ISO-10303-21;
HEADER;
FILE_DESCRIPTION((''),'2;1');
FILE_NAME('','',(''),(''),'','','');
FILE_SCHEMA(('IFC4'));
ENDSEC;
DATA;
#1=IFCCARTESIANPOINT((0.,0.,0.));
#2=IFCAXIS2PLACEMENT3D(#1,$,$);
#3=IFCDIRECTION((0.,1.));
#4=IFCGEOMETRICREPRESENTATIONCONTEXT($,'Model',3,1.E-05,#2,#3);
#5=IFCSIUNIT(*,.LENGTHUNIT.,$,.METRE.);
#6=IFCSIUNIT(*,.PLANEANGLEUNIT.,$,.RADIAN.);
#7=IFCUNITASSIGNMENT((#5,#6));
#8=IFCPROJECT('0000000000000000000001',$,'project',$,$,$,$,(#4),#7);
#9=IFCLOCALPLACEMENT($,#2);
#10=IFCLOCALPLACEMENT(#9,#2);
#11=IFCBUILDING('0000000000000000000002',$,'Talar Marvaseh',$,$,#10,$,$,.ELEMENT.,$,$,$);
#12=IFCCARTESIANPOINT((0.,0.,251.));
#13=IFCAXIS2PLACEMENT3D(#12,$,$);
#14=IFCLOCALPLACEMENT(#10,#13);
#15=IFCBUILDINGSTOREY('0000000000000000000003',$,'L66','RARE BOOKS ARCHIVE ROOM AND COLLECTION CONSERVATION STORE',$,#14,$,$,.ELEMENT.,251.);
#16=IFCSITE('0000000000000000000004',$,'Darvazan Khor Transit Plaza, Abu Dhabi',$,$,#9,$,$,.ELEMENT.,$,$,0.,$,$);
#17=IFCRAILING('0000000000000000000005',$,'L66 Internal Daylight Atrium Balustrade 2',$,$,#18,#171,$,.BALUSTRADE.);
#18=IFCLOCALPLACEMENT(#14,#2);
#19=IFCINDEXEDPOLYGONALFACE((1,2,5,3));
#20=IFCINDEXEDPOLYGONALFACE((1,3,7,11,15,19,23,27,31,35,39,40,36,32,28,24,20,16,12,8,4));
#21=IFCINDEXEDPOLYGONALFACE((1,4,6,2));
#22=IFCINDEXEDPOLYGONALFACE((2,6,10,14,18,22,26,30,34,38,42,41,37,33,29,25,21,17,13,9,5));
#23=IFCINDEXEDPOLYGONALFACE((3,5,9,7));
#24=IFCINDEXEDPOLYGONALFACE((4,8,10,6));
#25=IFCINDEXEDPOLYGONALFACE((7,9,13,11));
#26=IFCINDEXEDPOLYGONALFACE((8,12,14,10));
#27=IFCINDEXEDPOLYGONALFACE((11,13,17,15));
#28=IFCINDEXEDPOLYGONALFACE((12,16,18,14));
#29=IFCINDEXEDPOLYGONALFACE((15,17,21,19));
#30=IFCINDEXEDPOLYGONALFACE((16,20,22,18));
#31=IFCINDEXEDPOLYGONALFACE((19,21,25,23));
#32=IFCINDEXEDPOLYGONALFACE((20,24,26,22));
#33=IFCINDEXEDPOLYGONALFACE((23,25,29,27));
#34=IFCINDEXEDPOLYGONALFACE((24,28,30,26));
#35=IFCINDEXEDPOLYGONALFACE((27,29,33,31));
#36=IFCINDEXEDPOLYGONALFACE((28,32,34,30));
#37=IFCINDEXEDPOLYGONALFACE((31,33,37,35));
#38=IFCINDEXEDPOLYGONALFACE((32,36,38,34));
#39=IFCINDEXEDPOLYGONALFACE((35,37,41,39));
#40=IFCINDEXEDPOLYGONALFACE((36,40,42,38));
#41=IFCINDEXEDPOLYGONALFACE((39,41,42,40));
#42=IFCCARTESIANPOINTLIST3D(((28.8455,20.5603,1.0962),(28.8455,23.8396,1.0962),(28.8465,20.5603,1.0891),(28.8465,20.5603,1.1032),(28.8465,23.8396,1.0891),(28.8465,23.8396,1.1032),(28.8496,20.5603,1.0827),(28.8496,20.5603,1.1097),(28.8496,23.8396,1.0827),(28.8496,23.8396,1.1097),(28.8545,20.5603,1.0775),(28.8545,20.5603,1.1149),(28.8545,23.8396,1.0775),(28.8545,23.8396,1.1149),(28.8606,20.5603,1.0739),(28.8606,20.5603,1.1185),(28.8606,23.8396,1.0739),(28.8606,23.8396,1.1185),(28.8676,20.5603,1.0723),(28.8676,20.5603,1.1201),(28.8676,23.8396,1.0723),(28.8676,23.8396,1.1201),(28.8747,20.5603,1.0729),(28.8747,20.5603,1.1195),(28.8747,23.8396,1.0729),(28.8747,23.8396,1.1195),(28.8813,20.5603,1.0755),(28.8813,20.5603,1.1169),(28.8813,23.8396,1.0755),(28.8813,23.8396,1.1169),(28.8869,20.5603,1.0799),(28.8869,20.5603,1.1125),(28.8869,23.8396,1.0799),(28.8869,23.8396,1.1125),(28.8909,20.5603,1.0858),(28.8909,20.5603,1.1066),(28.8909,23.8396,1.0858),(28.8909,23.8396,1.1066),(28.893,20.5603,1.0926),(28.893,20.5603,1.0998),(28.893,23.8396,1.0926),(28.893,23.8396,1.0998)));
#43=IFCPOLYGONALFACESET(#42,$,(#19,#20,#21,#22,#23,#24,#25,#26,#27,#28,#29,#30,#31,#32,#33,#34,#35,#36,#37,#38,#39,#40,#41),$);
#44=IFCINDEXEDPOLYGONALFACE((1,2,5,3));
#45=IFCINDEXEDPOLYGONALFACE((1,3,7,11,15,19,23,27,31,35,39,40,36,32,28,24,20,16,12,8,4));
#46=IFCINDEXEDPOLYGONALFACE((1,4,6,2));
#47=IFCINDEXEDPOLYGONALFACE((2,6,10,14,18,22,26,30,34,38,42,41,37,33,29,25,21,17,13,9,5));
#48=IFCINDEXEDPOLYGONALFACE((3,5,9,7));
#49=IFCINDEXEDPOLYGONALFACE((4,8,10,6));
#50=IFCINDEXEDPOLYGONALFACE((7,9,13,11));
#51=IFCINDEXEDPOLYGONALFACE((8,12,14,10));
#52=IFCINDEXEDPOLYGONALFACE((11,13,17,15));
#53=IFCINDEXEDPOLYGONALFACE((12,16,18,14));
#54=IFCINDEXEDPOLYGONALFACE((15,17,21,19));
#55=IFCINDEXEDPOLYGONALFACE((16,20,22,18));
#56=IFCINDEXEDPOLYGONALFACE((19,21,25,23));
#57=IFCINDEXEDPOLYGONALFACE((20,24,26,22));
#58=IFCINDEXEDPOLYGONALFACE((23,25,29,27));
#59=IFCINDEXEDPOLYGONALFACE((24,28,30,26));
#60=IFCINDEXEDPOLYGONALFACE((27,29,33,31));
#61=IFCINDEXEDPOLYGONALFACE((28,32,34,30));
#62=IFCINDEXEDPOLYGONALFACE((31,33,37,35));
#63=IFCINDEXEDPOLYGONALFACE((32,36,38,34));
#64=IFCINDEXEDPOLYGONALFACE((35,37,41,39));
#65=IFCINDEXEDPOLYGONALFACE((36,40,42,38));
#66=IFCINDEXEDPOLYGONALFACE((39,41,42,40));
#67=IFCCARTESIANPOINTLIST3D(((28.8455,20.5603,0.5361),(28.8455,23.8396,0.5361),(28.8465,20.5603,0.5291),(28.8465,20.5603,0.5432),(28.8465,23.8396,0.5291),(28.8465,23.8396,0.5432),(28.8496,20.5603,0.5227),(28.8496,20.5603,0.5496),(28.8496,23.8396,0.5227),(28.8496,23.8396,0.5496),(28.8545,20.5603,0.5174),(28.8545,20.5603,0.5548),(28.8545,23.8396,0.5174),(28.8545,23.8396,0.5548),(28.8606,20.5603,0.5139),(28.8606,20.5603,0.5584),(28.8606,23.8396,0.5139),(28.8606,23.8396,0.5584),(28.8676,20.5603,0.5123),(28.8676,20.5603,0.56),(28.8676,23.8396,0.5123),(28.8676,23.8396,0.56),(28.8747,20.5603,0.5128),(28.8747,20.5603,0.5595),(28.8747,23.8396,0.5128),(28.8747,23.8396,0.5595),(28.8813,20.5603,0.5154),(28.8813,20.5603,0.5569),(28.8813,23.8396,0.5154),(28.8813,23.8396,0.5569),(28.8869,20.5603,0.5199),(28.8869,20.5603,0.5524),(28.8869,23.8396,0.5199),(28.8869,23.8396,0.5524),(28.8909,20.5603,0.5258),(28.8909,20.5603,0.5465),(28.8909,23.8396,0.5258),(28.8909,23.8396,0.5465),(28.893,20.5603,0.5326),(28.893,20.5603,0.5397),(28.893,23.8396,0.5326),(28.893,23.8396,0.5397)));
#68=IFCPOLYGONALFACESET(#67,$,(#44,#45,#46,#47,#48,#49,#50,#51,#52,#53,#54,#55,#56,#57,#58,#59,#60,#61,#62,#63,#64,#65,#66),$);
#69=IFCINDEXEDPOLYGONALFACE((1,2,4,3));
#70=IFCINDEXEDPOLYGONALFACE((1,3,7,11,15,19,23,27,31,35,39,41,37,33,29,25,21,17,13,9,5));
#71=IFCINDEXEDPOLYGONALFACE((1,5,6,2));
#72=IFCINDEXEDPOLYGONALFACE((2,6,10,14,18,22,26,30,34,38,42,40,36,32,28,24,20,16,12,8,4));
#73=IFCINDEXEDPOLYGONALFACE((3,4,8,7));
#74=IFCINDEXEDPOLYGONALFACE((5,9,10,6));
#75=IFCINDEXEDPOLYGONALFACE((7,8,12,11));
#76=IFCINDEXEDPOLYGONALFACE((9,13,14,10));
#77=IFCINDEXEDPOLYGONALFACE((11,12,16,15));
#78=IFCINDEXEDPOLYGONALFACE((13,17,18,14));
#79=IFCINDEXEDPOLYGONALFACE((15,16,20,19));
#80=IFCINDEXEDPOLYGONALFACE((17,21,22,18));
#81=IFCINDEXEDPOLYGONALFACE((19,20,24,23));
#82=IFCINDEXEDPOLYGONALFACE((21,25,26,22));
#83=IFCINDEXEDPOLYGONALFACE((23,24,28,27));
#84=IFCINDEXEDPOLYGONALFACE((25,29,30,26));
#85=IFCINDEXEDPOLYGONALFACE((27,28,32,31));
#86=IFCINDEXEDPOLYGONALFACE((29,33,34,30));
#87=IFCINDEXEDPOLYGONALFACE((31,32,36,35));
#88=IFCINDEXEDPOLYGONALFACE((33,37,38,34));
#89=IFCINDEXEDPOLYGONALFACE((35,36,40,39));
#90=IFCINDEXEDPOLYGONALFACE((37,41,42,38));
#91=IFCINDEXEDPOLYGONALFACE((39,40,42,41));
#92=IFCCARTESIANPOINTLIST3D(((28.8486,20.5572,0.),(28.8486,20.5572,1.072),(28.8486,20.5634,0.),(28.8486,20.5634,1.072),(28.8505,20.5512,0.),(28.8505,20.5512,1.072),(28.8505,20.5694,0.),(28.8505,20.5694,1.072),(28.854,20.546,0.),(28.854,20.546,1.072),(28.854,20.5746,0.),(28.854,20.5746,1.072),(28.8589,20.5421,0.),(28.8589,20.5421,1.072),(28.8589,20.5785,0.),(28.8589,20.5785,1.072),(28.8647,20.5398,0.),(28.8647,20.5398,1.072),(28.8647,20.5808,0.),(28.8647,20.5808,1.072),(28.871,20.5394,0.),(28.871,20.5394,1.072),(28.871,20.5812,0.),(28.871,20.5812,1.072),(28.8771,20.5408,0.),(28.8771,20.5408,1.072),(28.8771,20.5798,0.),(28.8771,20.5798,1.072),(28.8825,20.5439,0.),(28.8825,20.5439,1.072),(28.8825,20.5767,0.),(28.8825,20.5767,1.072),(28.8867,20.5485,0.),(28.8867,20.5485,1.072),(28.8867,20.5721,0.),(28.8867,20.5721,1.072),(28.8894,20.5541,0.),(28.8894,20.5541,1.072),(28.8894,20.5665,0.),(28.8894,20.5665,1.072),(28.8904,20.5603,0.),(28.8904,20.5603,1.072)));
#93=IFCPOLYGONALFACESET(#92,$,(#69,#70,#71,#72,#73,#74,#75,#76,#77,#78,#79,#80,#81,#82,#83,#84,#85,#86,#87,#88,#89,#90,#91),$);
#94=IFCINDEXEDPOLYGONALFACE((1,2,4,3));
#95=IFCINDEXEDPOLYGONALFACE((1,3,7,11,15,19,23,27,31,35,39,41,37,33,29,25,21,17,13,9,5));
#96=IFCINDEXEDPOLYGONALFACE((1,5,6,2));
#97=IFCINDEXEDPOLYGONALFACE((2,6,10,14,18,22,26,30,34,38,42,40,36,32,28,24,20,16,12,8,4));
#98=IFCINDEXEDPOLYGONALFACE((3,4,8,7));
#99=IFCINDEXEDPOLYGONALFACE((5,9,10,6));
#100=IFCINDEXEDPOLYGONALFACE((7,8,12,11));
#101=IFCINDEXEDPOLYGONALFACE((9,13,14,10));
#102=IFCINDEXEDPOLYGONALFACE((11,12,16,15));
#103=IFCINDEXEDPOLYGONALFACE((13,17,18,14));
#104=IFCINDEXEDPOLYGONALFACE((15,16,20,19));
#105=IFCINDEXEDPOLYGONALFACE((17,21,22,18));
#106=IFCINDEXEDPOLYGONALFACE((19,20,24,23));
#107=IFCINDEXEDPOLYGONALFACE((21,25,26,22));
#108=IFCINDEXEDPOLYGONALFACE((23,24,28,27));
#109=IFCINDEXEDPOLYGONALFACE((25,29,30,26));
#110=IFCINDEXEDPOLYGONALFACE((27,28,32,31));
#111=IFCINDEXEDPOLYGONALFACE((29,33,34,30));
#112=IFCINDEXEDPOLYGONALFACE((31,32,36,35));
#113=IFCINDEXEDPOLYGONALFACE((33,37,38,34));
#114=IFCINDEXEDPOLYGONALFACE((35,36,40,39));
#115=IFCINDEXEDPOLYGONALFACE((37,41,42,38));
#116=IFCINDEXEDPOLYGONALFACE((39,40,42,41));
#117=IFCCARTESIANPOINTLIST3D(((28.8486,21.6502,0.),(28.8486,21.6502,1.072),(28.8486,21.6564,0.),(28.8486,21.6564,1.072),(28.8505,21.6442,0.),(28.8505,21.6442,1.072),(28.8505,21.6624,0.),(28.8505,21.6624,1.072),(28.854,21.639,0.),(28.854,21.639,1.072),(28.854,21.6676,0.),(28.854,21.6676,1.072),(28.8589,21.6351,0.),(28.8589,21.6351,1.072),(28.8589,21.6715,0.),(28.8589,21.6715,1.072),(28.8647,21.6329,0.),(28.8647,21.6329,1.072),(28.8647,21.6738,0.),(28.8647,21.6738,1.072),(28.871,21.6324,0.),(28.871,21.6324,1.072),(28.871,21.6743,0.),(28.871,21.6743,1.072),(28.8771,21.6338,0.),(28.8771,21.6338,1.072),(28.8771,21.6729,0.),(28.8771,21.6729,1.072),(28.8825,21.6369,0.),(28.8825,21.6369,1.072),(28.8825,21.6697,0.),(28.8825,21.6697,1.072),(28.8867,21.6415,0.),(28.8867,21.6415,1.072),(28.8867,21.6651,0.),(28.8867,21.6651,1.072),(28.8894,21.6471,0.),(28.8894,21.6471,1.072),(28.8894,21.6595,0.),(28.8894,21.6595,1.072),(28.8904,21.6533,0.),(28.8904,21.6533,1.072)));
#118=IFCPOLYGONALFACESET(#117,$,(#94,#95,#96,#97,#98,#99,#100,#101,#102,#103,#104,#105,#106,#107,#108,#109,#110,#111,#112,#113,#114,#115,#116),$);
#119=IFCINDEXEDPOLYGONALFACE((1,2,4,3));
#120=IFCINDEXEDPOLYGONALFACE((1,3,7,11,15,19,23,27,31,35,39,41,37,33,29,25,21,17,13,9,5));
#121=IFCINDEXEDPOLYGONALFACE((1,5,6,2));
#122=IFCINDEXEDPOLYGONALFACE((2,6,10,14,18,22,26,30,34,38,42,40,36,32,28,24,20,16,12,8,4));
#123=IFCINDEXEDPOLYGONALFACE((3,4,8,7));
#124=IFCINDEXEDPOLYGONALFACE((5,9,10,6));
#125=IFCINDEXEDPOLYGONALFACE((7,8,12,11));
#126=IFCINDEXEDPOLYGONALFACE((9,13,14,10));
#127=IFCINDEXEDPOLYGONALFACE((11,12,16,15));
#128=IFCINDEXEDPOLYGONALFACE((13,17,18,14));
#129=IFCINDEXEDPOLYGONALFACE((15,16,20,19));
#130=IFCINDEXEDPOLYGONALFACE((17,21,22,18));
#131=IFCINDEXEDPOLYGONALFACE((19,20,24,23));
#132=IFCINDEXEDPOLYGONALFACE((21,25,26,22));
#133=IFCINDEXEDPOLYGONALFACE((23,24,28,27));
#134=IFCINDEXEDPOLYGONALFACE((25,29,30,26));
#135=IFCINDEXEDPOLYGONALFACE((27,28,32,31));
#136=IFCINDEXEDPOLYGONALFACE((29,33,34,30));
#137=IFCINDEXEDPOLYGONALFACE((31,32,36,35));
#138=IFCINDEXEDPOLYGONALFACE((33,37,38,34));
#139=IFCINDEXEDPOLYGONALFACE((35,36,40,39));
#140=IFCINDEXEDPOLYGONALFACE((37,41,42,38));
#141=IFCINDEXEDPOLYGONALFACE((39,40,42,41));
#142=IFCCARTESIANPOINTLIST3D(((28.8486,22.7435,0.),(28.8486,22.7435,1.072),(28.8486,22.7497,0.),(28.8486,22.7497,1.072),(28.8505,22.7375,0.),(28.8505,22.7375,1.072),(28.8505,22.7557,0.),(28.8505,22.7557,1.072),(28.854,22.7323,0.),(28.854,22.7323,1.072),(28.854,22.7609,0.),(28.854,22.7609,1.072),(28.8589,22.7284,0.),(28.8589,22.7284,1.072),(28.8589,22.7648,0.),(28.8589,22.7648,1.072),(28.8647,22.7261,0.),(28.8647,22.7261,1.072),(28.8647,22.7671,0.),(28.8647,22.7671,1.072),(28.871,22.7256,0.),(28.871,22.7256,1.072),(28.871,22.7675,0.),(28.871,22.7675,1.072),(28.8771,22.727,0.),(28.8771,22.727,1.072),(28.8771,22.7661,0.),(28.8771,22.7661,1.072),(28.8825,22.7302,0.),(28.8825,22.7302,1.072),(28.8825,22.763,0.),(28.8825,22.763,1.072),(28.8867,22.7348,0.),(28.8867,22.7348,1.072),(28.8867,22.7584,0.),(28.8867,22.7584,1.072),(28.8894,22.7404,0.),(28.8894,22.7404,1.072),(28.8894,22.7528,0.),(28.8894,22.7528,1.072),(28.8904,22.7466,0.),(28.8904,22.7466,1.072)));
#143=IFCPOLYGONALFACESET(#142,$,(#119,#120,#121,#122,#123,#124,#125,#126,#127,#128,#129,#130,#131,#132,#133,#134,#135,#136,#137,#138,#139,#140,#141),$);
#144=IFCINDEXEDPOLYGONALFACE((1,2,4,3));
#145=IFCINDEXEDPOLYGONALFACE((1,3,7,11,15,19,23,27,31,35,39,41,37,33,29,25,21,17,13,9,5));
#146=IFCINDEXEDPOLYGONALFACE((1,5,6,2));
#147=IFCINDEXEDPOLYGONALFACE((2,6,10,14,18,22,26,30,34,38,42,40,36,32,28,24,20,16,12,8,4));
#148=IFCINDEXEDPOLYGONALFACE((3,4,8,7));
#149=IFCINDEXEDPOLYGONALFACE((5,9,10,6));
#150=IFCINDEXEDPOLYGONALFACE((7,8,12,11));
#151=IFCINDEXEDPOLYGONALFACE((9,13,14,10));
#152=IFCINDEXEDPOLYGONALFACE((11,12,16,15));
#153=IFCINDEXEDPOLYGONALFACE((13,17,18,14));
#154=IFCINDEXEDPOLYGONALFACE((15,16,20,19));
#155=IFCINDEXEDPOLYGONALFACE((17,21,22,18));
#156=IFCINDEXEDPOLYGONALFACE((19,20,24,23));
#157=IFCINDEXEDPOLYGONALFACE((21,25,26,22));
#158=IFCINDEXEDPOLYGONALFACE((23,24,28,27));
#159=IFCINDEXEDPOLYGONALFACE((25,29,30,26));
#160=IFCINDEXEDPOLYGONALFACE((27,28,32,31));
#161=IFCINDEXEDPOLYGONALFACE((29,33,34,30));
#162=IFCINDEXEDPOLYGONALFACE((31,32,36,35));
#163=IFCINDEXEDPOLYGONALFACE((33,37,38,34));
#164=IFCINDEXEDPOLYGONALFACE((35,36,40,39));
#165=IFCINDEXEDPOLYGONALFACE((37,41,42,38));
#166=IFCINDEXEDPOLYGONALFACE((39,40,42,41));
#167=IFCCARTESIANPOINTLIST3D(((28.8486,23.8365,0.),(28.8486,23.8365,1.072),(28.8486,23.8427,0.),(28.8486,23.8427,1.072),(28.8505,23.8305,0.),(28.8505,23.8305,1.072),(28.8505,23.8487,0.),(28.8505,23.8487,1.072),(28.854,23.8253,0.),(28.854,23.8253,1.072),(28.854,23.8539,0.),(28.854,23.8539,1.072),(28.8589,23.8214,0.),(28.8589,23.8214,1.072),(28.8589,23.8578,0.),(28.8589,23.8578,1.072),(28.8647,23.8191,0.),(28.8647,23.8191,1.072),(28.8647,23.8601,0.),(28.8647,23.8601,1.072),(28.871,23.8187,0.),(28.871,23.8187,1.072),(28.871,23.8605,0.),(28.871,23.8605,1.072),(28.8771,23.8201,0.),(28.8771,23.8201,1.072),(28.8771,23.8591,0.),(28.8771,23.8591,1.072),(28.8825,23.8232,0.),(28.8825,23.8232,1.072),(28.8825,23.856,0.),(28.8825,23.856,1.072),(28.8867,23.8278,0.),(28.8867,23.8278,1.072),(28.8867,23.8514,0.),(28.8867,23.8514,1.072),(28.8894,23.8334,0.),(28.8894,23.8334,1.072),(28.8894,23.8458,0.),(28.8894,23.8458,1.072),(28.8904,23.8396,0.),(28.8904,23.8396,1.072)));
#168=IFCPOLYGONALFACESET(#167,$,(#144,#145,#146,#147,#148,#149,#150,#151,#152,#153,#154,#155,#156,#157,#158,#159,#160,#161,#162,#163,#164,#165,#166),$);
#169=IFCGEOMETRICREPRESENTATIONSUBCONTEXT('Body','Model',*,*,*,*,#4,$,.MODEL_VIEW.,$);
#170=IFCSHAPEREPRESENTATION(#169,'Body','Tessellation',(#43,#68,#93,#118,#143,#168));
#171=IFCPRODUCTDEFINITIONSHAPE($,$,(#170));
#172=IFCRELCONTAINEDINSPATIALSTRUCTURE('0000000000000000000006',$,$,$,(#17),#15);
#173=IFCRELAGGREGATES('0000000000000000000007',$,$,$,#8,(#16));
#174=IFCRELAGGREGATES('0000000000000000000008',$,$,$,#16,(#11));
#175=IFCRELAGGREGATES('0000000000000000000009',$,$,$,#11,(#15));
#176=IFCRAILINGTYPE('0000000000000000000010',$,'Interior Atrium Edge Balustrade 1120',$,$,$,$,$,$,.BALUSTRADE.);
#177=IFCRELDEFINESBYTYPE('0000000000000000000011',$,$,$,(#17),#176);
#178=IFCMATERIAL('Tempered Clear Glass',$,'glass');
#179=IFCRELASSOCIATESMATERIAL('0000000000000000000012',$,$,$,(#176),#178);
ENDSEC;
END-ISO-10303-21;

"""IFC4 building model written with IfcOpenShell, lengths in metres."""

from ifc_helpers import new_model, si_unit, direction, frame, origin, origin_2d, place, context, subcontext, project, spatial, circle, extrude, material, type_object, element, save


model = new_model("IFC4")

# Units and contexts
model_context = context("Model", 3, precision=1e-05, world=origin(), true_north=direction((0.0, 1.0)))
body_context = subcontext(model_context, "Body", "Model", "MODEL_VIEW")
ifc_project = project(units=[si_unit("LENGTHUNIT", "METRE"), si_unit("PLANEANGLEUNIT", "RADIAN")], contexts=[model_context])

# Site, building, storey
site_placement = place(None, origin())
site = spatial("IfcSite", under=ifc_project, at=site_placement, Name="Darvazan Khor Transit Plaza, Abu Dhabi", CompositionType="ELEMENT", RefElevation=0.0)
building_placement = place(site_placement, origin())
building = spatial("IfcBuilding", under=site, at=building_placement, Name="Talar Marvaseh", CompositionType="ELEMENT")
storey_placement = place(building_placement, frame((0.0, 0.0, 251.0)))
storey = spatial("IfcBuildingStorey", under=building, at=storey_placement, Name="L66", Description="RARE BOOKS ARCHIVE ROOM AND COLLECTION CONSERVATION STORE", CompositionType="ELEMENT", Elevation=251.0)

# Railing
ifc_material_1 = material(Name="Tempered Clear Glass", Category="glass")
railing_type = type_object("IfcRailingType", Name="Interior Atrium Edge Balustrade 1120", PredefinedType="BALUSTRADE", material=ifc_material_1)
railing_1_placement = place(storey_placement, frame((28.8694, 20.5603, 0.0)))
element("IfcRailing", 1, at=railing_1_placement, inside=storey, type_object=railing_type, Name="L66 Internal Daylight Atrium Balustrade 2", PredefinedType="BALUSTRADE", context=body_context, shape_type="SweptSolid", body=[
    extrude(circle(Radius=0.0239, at=origin_2d()), frame((0.0, 0.0, 1.0962), z_axis=(0.0, 1.0, 0.0), x_axis=(-1.0, 0.0, 0.0)), (0.0, 0.0, 1.0), 3.2793),
    extrude(circle(Radius=0.0239, at=origin_2d()), frame((0.0, 0.0, 0.5361), z_axis=(0.0, 1.0, 0.0), x_axis=(-1.0, 0.0, 0.0)), (0.0, 0.0, 1.0), 3.2793),
    extrude(circle(Radius=0.021, at=origin_2d()), origin(), (0.0, 0.0, 1.0), 1.072),
    extrude(circle(Radius=0.021, at=origin_2d()), frame((0.0, 1.093, 0.0)), (0.0, 0.0, 1.0), 1.072),
    extrude(circle(Radius=0.021, at=origin_2d()), frame((0.0, 2.1863, 0.0)), (0.0, 0.0, 1.0), 1.072),
    extrude(circle(Radius=0.021, at=origin_2d()), frame((0.0, 3.2793, 0.0)), (0.0, 0.0, 1.0), 1.072),
])

save(model, "model.ifc")
